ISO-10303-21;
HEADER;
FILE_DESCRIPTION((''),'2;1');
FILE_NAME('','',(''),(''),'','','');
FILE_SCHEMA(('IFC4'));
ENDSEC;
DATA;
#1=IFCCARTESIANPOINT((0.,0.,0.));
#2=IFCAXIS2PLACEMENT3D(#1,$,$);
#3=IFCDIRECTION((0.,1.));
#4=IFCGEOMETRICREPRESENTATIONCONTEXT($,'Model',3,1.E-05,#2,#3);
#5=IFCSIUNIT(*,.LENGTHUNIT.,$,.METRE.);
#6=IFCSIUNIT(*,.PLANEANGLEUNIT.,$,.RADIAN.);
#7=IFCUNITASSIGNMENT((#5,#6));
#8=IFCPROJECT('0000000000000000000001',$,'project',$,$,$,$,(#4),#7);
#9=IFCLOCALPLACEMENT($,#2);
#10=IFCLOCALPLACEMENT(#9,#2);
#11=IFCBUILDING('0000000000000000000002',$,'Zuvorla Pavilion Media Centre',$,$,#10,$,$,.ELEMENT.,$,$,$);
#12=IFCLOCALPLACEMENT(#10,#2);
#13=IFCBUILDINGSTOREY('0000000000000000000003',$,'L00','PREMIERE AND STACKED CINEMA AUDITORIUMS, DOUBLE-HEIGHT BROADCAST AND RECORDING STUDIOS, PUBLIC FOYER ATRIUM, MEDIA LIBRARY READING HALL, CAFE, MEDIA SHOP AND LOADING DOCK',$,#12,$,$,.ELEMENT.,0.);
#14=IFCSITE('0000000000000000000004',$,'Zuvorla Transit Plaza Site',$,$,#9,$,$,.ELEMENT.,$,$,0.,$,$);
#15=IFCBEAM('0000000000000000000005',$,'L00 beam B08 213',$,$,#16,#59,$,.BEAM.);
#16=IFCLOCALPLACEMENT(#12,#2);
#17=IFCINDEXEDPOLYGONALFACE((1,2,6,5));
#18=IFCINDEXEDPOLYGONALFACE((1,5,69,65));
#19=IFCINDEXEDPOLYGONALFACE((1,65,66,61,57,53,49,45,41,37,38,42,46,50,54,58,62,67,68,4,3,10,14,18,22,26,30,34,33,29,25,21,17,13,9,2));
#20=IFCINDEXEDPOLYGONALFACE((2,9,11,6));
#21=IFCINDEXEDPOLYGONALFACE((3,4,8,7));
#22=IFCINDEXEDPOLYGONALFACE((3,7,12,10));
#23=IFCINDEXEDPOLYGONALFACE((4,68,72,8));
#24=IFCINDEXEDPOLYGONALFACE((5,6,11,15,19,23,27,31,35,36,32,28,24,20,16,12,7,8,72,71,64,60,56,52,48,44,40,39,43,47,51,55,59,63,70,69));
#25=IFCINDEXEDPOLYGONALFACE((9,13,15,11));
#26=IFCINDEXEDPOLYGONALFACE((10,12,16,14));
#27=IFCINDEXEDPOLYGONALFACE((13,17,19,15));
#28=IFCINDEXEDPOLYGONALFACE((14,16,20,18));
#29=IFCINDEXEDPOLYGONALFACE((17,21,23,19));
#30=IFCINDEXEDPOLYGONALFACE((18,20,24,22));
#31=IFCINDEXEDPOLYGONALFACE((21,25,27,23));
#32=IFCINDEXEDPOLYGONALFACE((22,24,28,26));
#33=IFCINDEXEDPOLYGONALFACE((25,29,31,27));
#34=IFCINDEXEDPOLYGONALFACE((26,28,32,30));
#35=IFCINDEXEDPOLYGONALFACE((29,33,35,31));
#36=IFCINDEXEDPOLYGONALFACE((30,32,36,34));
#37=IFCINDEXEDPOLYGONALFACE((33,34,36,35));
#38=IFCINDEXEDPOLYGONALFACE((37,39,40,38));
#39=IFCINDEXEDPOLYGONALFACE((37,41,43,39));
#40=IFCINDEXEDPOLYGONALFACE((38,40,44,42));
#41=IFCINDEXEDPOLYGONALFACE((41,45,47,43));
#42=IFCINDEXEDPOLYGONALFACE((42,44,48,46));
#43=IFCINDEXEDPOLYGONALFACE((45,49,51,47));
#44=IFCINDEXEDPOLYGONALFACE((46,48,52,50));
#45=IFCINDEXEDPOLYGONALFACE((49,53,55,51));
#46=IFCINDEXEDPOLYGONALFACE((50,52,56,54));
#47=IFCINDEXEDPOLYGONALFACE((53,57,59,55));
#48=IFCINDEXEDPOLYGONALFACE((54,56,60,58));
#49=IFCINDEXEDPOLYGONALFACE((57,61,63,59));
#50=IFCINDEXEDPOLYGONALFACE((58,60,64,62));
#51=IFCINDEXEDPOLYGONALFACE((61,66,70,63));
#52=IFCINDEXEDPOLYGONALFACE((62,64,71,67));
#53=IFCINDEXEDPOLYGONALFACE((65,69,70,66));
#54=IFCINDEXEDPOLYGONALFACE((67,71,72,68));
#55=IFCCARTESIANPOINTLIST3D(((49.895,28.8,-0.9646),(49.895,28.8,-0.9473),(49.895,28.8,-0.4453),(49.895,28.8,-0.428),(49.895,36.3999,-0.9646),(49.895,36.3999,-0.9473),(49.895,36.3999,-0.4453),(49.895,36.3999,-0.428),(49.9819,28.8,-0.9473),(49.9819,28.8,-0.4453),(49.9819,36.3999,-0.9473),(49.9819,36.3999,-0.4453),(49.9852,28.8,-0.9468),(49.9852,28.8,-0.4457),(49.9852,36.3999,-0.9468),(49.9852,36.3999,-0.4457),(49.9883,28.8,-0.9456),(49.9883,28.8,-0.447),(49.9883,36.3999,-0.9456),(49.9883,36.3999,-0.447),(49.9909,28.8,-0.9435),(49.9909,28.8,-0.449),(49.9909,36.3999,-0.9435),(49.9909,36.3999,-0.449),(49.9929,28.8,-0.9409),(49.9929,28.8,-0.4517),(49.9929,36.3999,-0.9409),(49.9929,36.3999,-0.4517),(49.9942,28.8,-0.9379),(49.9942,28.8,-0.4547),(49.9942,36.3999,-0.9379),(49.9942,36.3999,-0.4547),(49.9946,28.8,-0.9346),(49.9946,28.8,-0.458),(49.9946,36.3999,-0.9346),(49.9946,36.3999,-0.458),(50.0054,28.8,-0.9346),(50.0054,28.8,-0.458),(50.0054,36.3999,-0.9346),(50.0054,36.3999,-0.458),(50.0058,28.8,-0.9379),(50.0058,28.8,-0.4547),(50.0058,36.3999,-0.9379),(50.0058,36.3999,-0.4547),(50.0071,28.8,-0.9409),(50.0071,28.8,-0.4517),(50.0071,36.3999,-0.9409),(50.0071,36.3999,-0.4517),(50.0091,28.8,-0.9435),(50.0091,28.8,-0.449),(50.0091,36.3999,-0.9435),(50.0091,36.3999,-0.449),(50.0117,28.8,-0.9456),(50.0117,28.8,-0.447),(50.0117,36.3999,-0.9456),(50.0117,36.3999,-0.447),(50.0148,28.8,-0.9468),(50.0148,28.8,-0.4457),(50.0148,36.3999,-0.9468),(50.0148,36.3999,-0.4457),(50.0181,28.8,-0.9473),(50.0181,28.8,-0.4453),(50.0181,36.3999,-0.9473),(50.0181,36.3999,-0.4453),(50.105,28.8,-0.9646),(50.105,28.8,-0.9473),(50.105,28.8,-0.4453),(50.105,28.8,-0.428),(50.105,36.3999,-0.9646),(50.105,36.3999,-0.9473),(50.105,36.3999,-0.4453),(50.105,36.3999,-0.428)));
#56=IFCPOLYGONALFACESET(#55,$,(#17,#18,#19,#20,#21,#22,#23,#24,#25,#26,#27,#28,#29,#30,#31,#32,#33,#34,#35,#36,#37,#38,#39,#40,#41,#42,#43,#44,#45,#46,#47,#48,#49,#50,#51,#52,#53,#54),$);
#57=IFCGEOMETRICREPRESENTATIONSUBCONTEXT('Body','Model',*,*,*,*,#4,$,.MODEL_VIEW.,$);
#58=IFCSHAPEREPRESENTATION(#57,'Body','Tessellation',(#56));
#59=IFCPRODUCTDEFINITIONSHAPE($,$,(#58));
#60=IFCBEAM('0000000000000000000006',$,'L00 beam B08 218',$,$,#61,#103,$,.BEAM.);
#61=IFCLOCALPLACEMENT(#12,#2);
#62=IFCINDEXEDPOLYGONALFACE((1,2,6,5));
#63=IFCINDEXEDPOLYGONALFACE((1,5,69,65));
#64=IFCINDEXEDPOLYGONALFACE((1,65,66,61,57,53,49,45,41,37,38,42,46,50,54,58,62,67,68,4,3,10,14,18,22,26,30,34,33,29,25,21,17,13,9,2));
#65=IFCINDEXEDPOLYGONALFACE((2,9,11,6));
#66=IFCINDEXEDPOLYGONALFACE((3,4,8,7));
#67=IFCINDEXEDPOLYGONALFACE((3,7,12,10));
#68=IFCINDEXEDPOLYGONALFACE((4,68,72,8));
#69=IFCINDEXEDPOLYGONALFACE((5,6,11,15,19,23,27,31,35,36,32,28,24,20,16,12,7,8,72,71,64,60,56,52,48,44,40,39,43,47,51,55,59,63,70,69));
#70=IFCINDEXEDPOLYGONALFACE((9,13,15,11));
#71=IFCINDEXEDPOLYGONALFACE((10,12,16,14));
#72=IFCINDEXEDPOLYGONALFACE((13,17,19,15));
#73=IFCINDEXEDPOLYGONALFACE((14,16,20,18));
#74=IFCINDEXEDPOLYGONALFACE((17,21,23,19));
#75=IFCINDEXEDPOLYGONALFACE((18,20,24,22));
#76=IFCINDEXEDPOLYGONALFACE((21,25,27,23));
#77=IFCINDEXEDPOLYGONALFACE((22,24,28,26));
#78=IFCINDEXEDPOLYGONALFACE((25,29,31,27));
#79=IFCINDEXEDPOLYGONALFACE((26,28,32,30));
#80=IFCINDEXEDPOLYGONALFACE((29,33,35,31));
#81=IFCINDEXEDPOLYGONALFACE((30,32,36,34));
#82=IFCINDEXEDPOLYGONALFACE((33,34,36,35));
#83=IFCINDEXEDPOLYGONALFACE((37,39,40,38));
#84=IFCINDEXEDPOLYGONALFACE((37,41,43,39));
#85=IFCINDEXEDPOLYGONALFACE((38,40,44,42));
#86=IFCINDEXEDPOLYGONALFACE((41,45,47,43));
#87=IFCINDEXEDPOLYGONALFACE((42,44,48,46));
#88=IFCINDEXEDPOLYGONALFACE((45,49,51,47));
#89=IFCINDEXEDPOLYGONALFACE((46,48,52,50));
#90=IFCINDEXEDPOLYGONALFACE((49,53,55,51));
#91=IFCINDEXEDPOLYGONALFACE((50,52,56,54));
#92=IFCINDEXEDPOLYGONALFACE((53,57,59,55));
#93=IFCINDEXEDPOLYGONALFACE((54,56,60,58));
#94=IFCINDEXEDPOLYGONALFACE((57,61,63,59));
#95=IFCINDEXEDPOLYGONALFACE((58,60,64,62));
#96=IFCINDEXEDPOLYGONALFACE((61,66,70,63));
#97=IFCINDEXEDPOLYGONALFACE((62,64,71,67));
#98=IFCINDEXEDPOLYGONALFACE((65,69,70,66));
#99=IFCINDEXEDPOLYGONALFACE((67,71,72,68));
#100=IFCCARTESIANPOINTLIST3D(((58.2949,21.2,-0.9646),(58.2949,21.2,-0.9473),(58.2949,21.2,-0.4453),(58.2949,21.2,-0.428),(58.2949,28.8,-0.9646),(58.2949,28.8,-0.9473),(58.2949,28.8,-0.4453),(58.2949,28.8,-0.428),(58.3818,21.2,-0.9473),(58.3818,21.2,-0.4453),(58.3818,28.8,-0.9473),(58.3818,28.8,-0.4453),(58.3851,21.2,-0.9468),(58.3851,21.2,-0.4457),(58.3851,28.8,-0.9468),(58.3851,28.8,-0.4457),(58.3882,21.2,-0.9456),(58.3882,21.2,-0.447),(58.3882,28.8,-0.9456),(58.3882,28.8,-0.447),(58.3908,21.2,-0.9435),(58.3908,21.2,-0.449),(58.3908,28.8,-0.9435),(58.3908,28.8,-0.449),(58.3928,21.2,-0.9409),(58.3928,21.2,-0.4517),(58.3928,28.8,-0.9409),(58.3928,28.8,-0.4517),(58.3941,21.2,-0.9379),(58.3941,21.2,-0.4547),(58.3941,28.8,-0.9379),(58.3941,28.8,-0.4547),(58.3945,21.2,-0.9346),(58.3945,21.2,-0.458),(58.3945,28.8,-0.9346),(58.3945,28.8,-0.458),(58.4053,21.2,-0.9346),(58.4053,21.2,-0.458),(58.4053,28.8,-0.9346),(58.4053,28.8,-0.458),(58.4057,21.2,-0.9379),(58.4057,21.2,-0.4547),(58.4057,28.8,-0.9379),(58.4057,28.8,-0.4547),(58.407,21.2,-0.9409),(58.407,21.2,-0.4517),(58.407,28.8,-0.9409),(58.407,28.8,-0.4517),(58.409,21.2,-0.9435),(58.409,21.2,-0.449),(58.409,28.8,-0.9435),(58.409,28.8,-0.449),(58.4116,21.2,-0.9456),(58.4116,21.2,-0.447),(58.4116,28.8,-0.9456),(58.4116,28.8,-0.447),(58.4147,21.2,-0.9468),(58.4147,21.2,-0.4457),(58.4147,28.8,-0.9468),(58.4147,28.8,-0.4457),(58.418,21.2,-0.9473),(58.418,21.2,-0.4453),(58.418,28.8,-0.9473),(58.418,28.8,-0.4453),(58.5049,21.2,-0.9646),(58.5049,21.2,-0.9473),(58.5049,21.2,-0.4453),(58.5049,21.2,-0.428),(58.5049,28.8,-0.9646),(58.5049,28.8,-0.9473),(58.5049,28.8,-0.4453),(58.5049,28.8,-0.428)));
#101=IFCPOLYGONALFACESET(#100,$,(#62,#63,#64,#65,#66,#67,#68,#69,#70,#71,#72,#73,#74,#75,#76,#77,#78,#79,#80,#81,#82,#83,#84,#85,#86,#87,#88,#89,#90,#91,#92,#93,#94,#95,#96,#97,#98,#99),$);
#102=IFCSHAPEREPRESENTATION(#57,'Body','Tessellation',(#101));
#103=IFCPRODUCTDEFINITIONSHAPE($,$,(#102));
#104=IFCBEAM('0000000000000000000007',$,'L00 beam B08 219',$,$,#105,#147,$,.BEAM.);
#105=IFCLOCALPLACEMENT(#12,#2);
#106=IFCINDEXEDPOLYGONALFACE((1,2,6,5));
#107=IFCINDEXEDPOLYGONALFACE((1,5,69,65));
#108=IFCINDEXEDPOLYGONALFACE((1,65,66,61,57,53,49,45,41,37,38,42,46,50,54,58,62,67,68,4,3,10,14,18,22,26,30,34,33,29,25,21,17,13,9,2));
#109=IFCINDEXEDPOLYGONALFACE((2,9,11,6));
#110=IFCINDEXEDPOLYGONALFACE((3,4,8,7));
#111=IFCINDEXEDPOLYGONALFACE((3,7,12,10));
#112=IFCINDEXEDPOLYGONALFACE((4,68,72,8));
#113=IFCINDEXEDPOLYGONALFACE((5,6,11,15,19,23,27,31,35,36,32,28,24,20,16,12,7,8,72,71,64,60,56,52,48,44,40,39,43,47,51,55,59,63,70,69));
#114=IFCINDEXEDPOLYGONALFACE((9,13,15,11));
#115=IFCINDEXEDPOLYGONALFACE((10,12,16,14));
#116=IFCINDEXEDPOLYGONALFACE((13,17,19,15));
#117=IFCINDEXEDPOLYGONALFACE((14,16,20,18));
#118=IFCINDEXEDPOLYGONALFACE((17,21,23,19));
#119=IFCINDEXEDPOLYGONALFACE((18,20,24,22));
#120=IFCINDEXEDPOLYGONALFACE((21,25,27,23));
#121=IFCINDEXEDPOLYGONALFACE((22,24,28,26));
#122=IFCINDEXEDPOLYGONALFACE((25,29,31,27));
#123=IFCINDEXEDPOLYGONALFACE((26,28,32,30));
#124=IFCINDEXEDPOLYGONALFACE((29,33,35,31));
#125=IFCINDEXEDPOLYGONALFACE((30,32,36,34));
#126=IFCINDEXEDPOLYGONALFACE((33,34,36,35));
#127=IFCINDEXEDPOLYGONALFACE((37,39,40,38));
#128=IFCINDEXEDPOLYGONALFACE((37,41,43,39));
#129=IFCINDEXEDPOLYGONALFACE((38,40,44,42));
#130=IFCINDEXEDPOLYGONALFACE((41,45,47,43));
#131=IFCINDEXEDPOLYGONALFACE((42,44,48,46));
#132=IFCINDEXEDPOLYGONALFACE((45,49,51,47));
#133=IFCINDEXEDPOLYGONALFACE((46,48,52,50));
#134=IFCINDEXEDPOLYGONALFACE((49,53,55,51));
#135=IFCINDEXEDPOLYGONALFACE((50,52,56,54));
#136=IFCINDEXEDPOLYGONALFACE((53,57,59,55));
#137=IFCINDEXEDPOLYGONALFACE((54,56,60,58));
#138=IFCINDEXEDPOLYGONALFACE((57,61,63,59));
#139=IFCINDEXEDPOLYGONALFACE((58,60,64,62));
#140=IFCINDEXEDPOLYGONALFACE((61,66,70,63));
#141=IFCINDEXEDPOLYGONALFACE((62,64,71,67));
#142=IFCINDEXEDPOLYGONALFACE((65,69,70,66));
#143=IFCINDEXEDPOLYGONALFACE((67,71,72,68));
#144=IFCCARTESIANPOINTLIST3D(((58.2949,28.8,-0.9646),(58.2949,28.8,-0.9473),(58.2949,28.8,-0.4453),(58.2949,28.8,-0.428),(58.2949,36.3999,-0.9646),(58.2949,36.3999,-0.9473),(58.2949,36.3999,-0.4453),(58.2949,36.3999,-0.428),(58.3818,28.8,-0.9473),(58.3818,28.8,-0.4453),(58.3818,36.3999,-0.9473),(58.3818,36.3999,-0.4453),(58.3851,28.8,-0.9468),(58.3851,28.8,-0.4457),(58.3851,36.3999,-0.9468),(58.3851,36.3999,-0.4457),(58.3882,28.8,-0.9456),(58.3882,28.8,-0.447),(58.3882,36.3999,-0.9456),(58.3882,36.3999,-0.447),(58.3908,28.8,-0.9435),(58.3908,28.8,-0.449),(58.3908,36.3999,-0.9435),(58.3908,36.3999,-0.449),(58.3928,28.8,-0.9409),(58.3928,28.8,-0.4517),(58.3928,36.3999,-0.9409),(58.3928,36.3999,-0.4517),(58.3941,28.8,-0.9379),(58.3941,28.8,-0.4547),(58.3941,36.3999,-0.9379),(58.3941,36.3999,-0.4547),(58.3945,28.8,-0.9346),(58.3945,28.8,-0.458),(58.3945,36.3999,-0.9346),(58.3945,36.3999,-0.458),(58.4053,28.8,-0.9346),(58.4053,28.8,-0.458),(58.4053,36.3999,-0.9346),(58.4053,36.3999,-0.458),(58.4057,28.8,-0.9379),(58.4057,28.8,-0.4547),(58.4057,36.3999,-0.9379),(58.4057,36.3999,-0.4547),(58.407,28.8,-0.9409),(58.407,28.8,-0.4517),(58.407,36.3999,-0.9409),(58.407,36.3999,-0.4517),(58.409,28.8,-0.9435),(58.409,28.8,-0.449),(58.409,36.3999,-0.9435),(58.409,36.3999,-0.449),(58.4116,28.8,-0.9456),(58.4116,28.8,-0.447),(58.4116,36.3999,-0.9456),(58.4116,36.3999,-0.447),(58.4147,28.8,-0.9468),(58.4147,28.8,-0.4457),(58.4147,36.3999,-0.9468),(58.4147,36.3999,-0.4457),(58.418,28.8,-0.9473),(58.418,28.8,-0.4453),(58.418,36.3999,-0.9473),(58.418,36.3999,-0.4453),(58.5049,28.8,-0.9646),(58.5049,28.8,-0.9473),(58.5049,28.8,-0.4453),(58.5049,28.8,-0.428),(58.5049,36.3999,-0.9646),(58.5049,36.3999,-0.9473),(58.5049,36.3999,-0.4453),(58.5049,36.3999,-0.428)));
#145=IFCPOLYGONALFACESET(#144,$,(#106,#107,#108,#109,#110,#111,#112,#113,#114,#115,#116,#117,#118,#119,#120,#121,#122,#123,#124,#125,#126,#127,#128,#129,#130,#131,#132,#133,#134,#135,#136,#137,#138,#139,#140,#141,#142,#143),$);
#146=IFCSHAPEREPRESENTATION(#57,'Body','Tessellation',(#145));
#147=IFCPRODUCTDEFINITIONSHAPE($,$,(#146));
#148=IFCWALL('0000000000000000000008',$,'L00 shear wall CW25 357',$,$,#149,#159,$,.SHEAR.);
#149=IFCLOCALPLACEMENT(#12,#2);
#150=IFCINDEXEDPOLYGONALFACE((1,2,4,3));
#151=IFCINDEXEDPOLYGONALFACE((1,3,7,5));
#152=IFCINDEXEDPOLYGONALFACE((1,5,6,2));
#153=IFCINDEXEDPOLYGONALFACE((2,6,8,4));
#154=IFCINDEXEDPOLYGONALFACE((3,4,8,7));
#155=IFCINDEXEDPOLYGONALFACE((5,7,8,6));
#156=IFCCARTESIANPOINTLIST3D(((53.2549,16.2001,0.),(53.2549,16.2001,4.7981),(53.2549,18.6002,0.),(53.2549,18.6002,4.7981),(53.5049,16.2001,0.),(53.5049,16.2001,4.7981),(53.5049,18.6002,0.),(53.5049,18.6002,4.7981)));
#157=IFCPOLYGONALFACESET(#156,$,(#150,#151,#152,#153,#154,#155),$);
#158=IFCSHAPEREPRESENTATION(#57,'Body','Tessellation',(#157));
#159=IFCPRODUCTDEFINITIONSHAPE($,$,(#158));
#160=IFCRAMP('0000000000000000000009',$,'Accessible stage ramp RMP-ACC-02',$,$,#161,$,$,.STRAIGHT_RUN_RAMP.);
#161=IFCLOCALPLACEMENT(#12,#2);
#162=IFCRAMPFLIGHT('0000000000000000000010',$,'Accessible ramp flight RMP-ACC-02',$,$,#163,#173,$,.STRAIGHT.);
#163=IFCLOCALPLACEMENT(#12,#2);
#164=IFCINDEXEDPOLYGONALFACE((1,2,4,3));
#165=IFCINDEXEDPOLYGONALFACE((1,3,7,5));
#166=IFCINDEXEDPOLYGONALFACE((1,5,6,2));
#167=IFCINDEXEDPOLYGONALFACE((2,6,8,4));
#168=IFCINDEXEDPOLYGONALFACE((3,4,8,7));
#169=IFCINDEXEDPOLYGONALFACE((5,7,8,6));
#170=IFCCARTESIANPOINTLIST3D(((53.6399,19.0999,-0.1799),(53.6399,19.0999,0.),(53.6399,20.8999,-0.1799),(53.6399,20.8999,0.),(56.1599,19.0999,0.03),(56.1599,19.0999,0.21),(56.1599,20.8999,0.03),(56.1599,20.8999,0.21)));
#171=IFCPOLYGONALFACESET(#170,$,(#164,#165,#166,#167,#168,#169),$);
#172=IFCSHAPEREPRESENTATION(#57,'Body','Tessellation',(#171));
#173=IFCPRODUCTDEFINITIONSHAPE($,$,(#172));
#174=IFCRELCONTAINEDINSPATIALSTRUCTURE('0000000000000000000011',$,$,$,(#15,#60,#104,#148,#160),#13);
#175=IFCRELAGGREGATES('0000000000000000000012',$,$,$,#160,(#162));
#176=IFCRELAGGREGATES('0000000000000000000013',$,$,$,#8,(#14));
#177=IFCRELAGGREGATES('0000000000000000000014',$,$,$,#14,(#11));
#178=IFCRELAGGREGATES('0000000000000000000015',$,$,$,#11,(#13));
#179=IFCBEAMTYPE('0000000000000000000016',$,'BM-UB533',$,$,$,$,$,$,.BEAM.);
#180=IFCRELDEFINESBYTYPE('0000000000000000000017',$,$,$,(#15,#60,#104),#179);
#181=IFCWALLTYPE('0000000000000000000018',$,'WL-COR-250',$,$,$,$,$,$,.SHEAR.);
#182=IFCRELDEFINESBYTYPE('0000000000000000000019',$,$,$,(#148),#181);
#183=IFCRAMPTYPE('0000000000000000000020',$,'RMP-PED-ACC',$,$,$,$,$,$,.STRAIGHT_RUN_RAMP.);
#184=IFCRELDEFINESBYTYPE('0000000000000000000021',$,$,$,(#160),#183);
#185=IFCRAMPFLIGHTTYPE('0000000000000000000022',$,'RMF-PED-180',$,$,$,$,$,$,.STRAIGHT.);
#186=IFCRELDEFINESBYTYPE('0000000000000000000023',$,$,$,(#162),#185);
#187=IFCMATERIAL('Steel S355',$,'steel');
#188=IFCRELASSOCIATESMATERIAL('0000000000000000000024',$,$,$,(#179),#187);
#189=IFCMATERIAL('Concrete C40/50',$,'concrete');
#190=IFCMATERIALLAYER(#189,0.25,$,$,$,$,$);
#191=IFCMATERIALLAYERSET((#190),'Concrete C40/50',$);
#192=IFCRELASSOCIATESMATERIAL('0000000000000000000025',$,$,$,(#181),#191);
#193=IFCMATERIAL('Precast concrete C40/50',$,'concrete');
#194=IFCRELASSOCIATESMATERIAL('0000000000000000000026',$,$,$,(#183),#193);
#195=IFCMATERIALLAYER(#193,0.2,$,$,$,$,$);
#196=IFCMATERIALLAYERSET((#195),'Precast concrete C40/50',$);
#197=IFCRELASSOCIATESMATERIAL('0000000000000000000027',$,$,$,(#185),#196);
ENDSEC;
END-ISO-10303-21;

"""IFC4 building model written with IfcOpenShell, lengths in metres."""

from ifc_helpers import new_model, si_unit, direction, frame, frame_2d, origin, origin_2d, place, context, subcontext, project, spatial, polyline, rectangle, i_section, outline, extrude, material, layer, layer_set, material_profile, profile_set, type_object, element, aggregate, save


model = new_model("IFC4")

# Units and contexts
model_context = context("Model", 3, precision=1e-05, world=origin(), true_north=direction((0.0, 1.0)))
body_context = subcontext(model_context, "Body", "Model", "MODEL_VIEW")
ifc_project = project(units=[si_unit("LENGTHUNIT", "METRE"), si_unit("PLANEANGLEUNIT", "RADIAN")], contexts=[model_context])

# Site, building, storey
site_placement = place(None, origin())
site = spatial("IfcSite", under=ifc_project, at=site_placement, Name="Zuvorla Transit Plaza Site", CompositionType="ELEMENT", RefElevation=0.0)
building_placement = place(site_placement, origin())
building = spatial("IfcBuilding", under=site, at=building_placement, Name="Zuvorla Pavilion Media Centre", CompositionType="ELEMENT")
storey_placement = place(building_placement, origin())
storey = spatial("IfcBuildingStorey", under=building, at=storey_placement, Name="L00", Description="PREMIERE AND STACKED CINEMA AUDITORIUMS, DOUBLE-HEIGHT BROADCAST AND RECORDING STUDIOS, PUBLIC FOYER ATRIUM, MEDIA LIBRARY READING HALL, CAFE, MEDIA SHOP AND LOADING DOCK", CompositionType="ELEMENT", Elevation=0.0)

# Shared definitions
ifc_material_1 = material(Name="Concrete C40/50", Category="concrete")

# Beams
ifc_material_2 = material(Name="Steel S355", Category="steel")
ifc_material_profile_1 = material_profile(ifc_material_2, i_section(OverallWidth=0.21, OverallDepth=0.5366, WebThickness=0.0107, FlangeThickness=0.0173, FilletRadius=0.0127, at=origin_2d()), Name="UB 533x210x101")
ifc_profile_set_1 = profile_set([ifc_material_profile_1], Name="Steel S355")
beam_type_1 = type_object("IfcBeamType", Name="BM-UB533", PredefinedType="BEAM", material=ifc_profile_set_1)
beam_1_placement = place(storey_placement, frame((50.0, 28.8, -0.6963), z_axis=(0.0, 1.0, 0.0), x_axis=(-1.0, 0.0, 0.0)))
element("IfcBeam", 1, at=beam_1_placement, inside=storey, type_object=beam_type_1, Name="L00 beam B08 213", PredefinedType="BEAM", context=body_context, shape_type="SweptSolid", body=[
    extrude(i_section(OverallWidth=0.21, OverallDepth=0.5366, WebThickness=0.0107, FlangeThickness=0.0173, FilletRadius=0.0127, at=origin_2d()), origin(), (0.0, 0.0, 1.0), 7.5999),
])
beam_2_placement = place(storey_placement, frame((58.3999, 21.2, -0.6963), z_axis=(0.0, 1.0, 0.0), x_axis=(-1.0, 0.0, 0.0)))
element("IfcBeam", 2, at=beam_2_placement, inside=storey, type_object=beam_type_1, Name="L00 beam B08 218", PredefinedType="BEAM", context=body_context, shape_type="SweptSolid", body=[
    extrude(i_section(OverallWidth=0.21, OverallDepth=0.5366, WebThickness=0.0107, FlangeThickness=0.0173, FilletRadius=0.0127, at=origin_2d()), origin(), (0.0, 0.0, 1.0), 7.6001),
])
beam_3_placement = place(storey_placement, frame((58.3999, 28.8, -0.6963), z_axis=(0.0, 1.0, 0.0), x_axis=(-1.0, 0.0, 0.0)))
element("IfcBeam", 3, at=beam_3_placement, inside=storey, type_object=beam_type_1, Name="L00 beam B08 219", PredefinedType="BEAM", context=body_context, shape_type="SweptSolid", body=[
    extrude(i_section(OverallWidth=0.21, OverallDepth=0.5366, WebThickness=0.0107, FlangeThickness=0.0173, FilletRadius=0.0127, at=origin_2d()), origin(), (0.0, 0.0, 1.0), 7.5999),
])

# Wall
ifc_layer_1 = layer(ifc_material_1, 0.25)
ifc_layer_set_1 = layer_set([ifc_layer_1], Name="Concrete C40/50")
wall_type = type_object("IfcWallType", Name="WL-COR-250", PredefinedType="SHEAR", material=ifc_layer_set_1)
wall_placement = place(storey_placement, frame((53.3799, 16.2, 0.0), z_axis=(0.0, 0.0, 1.0), x_axis=(0.0, 1.0, 0.0)))
element("IfcWall", 4, at=wall_placement, inside=storey, type_object=wall_type, Name="L00 shear wall CW25 357", PredefinedType="SHEAR", context=body_context, shape_type="SweptSolid", body=[
    extrude(rectangle(XDim=2.4001, YDim=0.25, at=frame_2d((1.2002, 0.0))), origin(), (0.0, 0.0, 1.0), 4.7981),
])

# Ramp, ramp flight
ifc_material_3 = material(Name="Precast concrete C40/50", Category="concrete")
ramp_type = type_object("IfcRampType", Name="RMP-PED-ACC", PredefinedType="STRAIGHT_RUN_RAMP", material=ifc_material_3)
ramp_placement = place(storey_placement, origin())
ramp = element("IfcRamp", 5, at=ramp_placement, inside=storey, type_object=ramp_type, Name="Accessible stage ramp RMP-ACC-02", PredefinedType="STRAIGHT_RUN_RAMP")
ifc_layer_2 = layer(ifc_material_3, 0.2)
ifc_layer_set_2 = layer_set([ifc_layer_2], Name="Precast concrete C40/50")
ramp_flight_type = type_object("IfcRampFlightType", Name="RMF-PED-180", PredefinedType="STRAIGHT", material=ifc_layer_set_2)
ramp_flight_placement = place(storey_placement, frame((53.6399, 20.0, 0.0), z_axis=(0.0, 0.0, 1.0), x_axis=(1.0, 0.0, 0.0)))
ramp_flight = element("IfcRampFlight", 6, at=ramp_flight_placement, type_object=ramp_flight_type, Name="Accessible ramp flight RMP-ACC-02", PredefinedType="STRAIGHT", context=body_context, shape_type="SweptSolid", body=[
    extrude(outline(polyline([(0.0, 0.0), (2.52, 0.21), (2.52, 0.03), (0.0, -0.1799), (0.0, 0.0)])), frame((0.0, 0.8999, 0.0), z_axis=(0.0, -1.0, 0.0), x_axis=(1.0, 0.0, 0.0)), (0.0, 0.0, 1.0), 1.8),
])
aggregate(ramp, [ramp_flight])

save(model, "model.ifc")
